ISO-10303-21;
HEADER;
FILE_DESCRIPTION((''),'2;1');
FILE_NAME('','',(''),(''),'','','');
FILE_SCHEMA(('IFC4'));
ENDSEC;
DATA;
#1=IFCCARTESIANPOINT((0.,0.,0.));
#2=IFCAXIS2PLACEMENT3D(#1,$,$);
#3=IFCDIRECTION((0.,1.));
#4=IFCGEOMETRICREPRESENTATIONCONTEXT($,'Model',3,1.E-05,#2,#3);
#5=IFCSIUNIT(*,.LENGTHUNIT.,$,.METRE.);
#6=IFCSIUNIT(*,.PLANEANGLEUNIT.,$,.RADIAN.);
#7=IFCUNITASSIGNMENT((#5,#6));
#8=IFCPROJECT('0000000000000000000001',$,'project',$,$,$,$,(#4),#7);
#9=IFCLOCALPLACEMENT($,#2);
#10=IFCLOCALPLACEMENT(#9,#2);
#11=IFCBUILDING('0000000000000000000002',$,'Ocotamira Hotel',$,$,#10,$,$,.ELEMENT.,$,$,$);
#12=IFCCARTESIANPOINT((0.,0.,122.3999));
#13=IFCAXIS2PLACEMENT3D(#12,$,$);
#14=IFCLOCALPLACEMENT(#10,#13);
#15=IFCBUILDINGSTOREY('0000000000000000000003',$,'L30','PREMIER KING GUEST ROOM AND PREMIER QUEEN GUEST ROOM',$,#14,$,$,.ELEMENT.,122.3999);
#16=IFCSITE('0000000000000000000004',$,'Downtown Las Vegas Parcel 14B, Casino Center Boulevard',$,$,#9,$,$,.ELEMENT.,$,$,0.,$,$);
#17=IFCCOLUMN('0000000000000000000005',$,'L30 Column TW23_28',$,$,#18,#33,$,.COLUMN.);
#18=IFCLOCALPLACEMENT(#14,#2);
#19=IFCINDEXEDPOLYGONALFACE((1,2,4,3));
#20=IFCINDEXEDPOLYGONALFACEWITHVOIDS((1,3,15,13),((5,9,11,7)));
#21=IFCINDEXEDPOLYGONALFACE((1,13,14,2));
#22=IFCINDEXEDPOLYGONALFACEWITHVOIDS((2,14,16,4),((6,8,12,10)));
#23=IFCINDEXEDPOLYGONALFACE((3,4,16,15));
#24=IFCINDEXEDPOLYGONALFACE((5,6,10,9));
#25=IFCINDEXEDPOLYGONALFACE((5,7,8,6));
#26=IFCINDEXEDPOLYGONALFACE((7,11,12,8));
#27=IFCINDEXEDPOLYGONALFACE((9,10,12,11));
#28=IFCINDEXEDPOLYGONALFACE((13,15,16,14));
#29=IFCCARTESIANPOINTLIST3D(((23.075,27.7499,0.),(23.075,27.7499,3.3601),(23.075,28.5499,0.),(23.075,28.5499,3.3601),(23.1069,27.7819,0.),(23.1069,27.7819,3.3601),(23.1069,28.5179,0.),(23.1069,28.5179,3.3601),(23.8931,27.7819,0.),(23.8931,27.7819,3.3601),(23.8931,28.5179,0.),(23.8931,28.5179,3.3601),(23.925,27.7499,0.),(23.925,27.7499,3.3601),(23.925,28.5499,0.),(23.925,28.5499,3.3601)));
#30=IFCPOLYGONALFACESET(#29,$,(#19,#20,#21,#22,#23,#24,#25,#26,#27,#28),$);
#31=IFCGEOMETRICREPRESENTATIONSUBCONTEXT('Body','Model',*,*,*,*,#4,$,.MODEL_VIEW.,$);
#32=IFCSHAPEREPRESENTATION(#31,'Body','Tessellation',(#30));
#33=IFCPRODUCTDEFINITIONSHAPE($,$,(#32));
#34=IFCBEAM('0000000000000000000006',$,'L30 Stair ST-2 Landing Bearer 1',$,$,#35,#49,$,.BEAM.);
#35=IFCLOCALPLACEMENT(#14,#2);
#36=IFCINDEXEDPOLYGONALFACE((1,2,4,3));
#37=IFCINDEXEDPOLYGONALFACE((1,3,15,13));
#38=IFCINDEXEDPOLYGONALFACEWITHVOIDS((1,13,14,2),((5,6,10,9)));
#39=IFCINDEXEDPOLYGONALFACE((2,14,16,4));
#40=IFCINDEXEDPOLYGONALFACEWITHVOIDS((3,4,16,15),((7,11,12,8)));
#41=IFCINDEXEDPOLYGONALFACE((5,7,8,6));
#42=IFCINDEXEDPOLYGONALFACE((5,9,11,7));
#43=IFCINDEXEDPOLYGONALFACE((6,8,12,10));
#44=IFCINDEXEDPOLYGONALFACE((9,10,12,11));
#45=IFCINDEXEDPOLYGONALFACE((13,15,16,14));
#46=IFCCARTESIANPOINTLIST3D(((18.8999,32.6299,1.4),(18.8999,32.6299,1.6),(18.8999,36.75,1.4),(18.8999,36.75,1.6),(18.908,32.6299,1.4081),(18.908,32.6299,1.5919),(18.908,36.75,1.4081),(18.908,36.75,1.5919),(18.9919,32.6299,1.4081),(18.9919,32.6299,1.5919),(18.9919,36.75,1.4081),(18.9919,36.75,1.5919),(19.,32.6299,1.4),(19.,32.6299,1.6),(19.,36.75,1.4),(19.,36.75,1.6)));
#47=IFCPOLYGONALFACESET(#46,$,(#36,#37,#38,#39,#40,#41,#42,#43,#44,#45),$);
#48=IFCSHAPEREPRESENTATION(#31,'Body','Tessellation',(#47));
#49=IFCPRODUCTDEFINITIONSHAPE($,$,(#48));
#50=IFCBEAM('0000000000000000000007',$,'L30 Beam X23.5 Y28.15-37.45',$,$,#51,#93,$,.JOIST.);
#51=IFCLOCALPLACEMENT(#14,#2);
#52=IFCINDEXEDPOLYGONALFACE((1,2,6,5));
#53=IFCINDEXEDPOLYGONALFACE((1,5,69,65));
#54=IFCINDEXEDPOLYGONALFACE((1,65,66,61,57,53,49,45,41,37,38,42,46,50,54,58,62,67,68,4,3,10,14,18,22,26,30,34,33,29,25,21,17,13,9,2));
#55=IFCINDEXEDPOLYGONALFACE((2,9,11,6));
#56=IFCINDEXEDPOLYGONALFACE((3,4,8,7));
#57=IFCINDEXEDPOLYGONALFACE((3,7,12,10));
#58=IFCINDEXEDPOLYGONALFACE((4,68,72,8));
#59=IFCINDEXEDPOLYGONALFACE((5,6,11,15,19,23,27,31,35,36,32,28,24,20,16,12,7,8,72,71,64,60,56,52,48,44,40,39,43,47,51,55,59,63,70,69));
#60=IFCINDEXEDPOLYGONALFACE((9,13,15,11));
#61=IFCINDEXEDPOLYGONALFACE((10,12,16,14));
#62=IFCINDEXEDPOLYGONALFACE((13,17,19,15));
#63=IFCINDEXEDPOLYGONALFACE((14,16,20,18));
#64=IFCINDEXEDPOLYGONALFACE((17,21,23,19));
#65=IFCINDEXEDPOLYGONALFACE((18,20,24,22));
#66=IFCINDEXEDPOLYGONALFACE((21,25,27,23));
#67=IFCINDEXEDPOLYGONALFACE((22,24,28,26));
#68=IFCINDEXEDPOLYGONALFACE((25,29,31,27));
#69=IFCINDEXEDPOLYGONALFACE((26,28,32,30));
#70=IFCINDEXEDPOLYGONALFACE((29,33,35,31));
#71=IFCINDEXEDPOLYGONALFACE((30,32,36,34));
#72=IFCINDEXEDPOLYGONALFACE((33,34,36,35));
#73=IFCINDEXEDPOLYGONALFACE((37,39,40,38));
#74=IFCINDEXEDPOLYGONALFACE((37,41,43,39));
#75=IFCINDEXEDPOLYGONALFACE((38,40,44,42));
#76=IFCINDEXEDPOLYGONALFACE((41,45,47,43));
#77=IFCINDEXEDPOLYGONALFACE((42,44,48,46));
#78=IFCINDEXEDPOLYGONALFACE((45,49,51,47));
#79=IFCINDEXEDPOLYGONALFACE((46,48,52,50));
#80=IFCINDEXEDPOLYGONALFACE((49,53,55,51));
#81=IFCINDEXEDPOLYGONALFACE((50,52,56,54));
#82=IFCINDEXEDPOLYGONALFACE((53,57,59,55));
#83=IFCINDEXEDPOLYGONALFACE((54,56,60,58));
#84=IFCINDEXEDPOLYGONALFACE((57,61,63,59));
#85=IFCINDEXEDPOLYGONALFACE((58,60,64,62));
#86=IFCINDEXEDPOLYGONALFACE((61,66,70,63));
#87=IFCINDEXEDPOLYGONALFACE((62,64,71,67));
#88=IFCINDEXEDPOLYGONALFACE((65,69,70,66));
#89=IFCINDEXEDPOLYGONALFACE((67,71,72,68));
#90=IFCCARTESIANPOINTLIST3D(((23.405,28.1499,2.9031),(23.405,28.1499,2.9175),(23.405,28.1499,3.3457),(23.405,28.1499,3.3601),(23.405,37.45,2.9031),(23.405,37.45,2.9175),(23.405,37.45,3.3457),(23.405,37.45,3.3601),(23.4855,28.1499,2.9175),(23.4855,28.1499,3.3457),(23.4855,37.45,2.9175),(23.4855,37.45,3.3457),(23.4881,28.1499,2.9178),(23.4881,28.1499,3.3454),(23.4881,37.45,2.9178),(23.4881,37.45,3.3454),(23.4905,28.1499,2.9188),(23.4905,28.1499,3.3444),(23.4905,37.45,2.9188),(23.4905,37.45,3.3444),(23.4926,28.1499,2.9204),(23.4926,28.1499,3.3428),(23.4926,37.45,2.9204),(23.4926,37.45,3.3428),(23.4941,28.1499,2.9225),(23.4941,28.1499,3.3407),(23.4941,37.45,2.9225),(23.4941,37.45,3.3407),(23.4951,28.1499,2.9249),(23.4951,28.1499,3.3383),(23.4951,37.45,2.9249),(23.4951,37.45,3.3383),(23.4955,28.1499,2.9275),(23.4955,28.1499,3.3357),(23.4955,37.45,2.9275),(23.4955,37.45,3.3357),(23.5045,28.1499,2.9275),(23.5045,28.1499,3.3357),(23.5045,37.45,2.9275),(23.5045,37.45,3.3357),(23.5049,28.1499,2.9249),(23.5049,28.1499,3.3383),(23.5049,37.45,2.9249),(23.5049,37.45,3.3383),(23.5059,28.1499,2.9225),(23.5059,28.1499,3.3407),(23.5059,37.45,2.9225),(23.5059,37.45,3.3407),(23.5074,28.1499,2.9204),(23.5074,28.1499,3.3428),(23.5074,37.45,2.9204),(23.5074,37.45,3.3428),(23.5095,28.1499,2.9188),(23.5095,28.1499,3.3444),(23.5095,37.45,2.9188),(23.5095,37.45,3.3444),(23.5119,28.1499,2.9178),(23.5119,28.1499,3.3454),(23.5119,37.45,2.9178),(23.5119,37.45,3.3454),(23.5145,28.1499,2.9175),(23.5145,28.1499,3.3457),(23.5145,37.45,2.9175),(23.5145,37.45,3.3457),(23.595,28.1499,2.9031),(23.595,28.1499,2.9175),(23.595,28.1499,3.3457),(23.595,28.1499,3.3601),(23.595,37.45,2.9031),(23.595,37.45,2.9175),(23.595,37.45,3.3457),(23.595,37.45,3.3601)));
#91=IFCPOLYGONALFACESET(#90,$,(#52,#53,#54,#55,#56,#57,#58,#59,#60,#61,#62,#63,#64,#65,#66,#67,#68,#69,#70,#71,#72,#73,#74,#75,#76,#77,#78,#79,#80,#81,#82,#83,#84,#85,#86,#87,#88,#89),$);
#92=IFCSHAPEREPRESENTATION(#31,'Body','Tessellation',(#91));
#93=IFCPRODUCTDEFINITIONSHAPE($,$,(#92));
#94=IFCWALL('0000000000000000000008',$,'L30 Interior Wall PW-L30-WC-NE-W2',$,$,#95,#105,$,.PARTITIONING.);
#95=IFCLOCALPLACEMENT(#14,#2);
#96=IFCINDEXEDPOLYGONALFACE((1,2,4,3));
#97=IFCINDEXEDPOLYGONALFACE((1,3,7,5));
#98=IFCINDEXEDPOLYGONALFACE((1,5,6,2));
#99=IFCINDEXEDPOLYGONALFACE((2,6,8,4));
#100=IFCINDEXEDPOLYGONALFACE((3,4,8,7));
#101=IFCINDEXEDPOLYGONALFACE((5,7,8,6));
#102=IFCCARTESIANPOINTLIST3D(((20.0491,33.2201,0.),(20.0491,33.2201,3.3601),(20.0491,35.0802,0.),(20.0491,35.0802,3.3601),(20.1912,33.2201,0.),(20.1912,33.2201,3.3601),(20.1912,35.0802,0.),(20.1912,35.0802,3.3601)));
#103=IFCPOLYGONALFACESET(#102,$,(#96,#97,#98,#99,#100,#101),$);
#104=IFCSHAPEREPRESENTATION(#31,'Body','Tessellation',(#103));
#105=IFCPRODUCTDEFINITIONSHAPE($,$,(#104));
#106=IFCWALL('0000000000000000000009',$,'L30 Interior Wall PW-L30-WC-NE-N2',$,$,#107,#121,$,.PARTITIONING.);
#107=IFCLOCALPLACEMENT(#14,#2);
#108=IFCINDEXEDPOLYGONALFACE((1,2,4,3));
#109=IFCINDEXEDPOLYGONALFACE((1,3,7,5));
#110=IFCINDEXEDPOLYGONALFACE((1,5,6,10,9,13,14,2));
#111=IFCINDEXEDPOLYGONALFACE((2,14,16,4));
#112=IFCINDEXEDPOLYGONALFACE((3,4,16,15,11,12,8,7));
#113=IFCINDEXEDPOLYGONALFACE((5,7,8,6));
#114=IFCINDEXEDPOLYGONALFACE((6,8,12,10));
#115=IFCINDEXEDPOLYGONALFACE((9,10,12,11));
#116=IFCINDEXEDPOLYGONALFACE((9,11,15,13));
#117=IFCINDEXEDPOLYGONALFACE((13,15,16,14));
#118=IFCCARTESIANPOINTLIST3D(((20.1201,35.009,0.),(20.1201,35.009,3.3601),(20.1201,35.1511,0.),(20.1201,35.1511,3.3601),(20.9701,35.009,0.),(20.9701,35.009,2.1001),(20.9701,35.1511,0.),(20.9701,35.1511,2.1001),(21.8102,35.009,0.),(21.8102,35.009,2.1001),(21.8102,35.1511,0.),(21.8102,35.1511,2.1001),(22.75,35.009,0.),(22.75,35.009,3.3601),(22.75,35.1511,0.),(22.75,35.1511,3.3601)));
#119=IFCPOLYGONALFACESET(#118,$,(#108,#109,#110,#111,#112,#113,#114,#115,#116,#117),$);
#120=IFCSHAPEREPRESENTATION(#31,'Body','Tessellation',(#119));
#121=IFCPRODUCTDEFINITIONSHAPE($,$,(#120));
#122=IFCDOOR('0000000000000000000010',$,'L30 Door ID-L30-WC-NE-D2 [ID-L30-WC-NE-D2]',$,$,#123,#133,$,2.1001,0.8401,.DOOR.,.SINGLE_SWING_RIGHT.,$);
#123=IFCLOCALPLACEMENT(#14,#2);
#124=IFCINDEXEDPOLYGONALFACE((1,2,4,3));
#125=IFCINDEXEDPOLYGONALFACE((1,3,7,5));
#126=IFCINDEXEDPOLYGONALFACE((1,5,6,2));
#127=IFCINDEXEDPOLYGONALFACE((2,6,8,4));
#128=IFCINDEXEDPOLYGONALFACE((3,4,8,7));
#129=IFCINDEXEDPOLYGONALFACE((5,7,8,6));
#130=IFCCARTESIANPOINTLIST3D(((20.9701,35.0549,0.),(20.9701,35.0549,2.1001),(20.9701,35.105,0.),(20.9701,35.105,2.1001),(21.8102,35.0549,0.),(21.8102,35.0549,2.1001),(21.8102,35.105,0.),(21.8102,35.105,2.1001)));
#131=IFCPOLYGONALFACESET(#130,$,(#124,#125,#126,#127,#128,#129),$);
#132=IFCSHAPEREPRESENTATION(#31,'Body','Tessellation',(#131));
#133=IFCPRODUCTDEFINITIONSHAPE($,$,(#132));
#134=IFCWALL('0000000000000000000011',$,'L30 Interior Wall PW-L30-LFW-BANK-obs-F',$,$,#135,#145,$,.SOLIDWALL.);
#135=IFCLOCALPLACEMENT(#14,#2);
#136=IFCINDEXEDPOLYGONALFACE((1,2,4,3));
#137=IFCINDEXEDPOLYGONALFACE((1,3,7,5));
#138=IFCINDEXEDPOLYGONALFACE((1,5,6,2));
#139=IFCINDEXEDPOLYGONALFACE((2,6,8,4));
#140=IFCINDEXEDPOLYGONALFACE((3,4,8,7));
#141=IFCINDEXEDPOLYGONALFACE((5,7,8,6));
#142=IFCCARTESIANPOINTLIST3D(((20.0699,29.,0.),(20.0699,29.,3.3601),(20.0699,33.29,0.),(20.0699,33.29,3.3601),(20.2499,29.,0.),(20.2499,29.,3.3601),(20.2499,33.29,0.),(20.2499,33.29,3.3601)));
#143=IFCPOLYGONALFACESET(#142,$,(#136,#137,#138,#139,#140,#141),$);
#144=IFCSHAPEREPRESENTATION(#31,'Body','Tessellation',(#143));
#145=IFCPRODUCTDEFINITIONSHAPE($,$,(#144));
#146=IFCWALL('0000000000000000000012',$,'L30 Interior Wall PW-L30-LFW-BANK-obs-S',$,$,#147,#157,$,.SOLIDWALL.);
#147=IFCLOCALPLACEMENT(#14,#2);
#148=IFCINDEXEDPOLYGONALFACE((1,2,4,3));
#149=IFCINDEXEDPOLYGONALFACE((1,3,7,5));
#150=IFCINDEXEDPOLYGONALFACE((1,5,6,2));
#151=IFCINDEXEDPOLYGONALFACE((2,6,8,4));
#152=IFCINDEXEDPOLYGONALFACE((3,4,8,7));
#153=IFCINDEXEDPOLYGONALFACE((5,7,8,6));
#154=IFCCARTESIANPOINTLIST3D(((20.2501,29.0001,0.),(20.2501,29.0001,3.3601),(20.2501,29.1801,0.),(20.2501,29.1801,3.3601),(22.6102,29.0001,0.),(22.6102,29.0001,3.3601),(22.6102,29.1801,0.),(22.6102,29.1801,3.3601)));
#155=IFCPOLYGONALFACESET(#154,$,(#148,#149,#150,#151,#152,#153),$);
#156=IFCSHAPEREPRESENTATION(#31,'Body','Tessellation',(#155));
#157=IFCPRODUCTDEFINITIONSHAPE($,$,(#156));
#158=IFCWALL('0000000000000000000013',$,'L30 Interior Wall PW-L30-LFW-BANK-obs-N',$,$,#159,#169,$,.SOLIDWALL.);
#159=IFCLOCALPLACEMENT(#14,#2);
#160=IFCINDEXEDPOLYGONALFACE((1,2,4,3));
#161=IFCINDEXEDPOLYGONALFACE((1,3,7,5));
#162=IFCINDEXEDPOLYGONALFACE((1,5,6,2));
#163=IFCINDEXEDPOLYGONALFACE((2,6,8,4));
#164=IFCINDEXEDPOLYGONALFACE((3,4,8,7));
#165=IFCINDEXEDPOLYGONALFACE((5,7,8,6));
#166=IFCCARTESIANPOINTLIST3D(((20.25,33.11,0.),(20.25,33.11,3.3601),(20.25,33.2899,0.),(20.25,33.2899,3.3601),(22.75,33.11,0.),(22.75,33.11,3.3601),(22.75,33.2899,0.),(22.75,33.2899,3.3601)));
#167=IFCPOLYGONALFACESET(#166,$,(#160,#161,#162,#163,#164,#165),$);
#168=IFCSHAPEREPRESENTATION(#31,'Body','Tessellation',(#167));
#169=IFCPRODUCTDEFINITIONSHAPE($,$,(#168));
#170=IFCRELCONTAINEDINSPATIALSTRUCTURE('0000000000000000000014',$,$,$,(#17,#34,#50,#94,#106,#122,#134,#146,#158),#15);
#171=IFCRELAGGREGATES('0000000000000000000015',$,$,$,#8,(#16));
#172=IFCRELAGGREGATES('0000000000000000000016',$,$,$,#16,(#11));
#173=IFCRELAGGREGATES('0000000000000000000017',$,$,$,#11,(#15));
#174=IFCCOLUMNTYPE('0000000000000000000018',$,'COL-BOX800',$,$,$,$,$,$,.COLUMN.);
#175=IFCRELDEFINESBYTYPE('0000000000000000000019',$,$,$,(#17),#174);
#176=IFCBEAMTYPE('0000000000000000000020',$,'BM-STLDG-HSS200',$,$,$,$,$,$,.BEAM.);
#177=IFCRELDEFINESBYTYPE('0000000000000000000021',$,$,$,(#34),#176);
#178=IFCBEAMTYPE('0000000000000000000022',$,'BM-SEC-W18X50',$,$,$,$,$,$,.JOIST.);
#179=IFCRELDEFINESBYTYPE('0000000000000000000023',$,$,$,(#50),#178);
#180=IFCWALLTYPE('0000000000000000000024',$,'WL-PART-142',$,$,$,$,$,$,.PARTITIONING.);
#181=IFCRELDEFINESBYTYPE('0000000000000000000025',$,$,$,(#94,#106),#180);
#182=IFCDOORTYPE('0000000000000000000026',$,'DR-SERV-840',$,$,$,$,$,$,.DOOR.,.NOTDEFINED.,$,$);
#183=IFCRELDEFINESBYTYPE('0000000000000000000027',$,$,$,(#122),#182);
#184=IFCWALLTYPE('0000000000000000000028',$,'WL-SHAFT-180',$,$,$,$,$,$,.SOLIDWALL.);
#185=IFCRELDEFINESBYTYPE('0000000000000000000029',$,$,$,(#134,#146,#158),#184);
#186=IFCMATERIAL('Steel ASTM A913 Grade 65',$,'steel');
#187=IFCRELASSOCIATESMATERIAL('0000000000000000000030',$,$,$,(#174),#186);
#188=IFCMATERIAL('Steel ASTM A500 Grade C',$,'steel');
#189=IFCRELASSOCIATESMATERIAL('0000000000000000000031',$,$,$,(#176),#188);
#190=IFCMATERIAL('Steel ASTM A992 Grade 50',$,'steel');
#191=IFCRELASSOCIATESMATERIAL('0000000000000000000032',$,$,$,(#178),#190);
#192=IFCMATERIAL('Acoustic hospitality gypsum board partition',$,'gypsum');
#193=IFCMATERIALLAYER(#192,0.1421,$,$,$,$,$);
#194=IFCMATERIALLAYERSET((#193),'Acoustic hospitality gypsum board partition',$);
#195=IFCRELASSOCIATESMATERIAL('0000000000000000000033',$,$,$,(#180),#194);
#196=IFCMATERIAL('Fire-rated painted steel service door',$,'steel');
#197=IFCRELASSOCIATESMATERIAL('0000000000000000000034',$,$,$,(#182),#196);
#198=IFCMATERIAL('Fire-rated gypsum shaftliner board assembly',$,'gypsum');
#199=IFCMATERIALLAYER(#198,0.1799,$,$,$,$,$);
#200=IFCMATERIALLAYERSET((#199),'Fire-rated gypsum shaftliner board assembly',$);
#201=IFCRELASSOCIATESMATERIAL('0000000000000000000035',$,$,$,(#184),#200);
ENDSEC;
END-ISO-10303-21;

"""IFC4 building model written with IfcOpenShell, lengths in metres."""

from ifc_helpers import new_model, si_unit, direction, frame, frame_2d, origin, origin_2d, place, context, subcontext, project, spatial, rectangle, hollow_rectangle, i_section, extrude, source, transform, mapped, material, layer, layer_set, material_profile, profile_set, type_object, element, fill, save


model = new_model("IFC4")

# Units and contexts
model_context = context("Model", 3, precision=1e-05, world=origin(), true_north=direction((0.0, 1.0)))
body_context = subcontext(model_context, "Body", "Model", "MODEL_VIEW")
ifc_project = project(units=[si_unit("LENGTHUNIT", "METRE"), si_unit("PLANEANGLEUNIT", "RADIAN")], contexts=[model_context])

# Site, building, storey
site_placement = place(None, origin())
site = spatial("IfcSite", under=ifc_project, at=site_placement, Name="Downtown Las Vegas Parcel 14B, Casino Center Boulevard", CompositionType="ELEMENT", RefElevation=0.0)
building_placement = place(site_placement, origin())
building = spatial("IfcBuilding", under=site, at=building_placement, Name="Ocotamira Hotel", CompositionType="ELEMENT")
storey_placement = place(building_placement, frame((0.0, 0.0, 122.3999)))
storey = spatial("IfcBuildingStorey", under=building, at=storey_placement, Name="L30", Description="PREMIER KING GUEST ROOM AND PREMIER QUEEN GUEST ROOM", CompositionType="ELEMENT", Elevation=122.3999)

# Column
ifc_material_1 = material(Name="Steel ASTM A913 Grade 65", Category="steel")
ifc_material_profile_1 = material_profile(ifc_material_1, hollow_rectangle(XDim=0.8501, YDim=0.8, WallThickness=0.032, at=origin_2d()), Name="BOX800X850X32")
ifc_profile_set_1 = profile_set([ifc_material_profile_1], Name="Steel ASTM A913 Grade 65")
column_type = type_object("IfcColumnType", Name="COL-BOX800", PredefinedType="COLUMN", material=ifc_profile_set_1)
shared_shape_1 = source(origin(), body_context, "Body", "SweptSolid", [
    extrude(hollow_rectangle(XDim=0.8501, YDim=0.8, WallThickness=0.032, at=origin_2d()), origin(), (0.0, 0.0, 1.0), 3.3601),
])
column_placement = place(storey_placement, frame((23.5, 28.1499, 0.0), z_axis=(0.0, 0.0, 1.0), x_axis=(1.0, 0.0, 0.0)))
element("IfcColumn", 1, at=column_placement, inside=storey, type_object=column_type, Name="L30 Column TW23_28", PredefinedType="COLUMN", context=body_context, shape_type="MappedRepresentation", body=[
    mapped(shared_shape_1, transform((0.0, 0.0, 0.0), scale=1.0)),
])

# Beams
ifc_material_2 = material(Name="Steel ASTM A500 Grade C", Category="steel")
ifc_material_profile_2 = material_profile(ifc_material_2, hollow_rectangle(XDim=0.1001, YDim=0.2, WallThickness=0.0081, at=origin_2d()), Name="HSS200X100X8")
ifc_profile_set_2 = profile_set([ifc_material_profile_2], Name="Steel ASTM A500 Grade C")
beam_type_1 = type_object("IfcBeamType", Name="BM-STLDG-HSS200", PredefinedType="BEAM", material=ifc_profile_set_2)
shared_shape_2 = source(origin(), body_context, "Body", "SweptSolid", [
    extrude(hollow_rectangle(XDim=0.1001, YDim=0.2, WallThickness=0.0081, at=origin_2d()), origin(), (0.0, 0.0, 1.0), 4.1201),
])
beam_1_placement = place(storey_placement, frame((18.95, 32.6299, 1.5), z_axis=(0.0, 1.0, 0.0), x_axis=(-1.0, 0.0, 0.0)))
element("IfcBeam", 2, at=beam_1_placement, inside=storey, type_object=beam_type_1, Name="L30 Stair ST-2 Landing Bearer 1", PredefinedType="BEAM", context=body_context, shape_type="MappedRepresentation", body=[
    mapped(shared_shape_2, transform((0.0, 0.0, 0.0), scale=1.0)),
])
ifc_material_3 = material(Name="Steel ASTM A992 Grade 50", Category="steel")
ifc_material_profile_3 = material_profile(ifc_material_3, i_section(OverallWidth=0.1899, OverallDepth=0.457, WebThickness=0.009, FlangeThickness=0.0144, FilletRadius=0.01, at=origin_2d()), Name="W18X50")
ifc_profile_set_3 = profile_set([ifc_material_profile_3], Name="Steel ASTM A992 Grade 50")
beam_type_2 = type_object("IfcBeamType", Name="BM-SEC-W18X50", PredefinedType="JOIST", material=ifc_profile_set_3)
shared_shape_3 = source(origin(), body_context, "Body", "SweptSolid", [
    extrude(i_section(OverallWidth=0.1899, OverallDepth=0.457, WebThickness=0.009, FlangeThickness=0.0144, FilletRadius=0.01, at=origin_2d()), origin(), (0.0, 0.0, 1.0), 9.3),
])
beam_2_placement = place(storey_placement, frame((23.5, 28.1499, 3.1316), z_axis=(0.0, 1.0, 0.0), x_axis=(-1.0, 0.0, 0.0)))
element("IfcBeam", 3, at=beam_2_placement, inside=storey, type_object=beam_type_2, Name="L30 Beam X23.5 Y28.15-37.45", PredefinedType="JOIST", context=body_context, shape_type="MappedRepresentation", body=[
    mapped(shared_shape_3, transform((0.0, 0.0, 0.0), scale=1.0)),
])

# Wall
ifc_material_4 = material(Name="Acoustic hospitality gypsum board partition", Category="gypsum")
ifc_layer_1 = layer(ifc_material_4, 0.1421)
ifc_layer_set_1 = layer_set([ifc_layer_1], Name="Acoustic hospitality gypsum board partition")
wall_type_1 = type_object("IfcWallType", Name="WL-PART-142", PredefinedType="PARTITIONING", material=ifc_layer_set_1)
wall_1_placement = place(storey_placement, frame((20.1201, 33.22, 0.0), z_axis=(0.0, 0.0, 1.0), x_axis=(0.0, 1.0, 0.0)))
element("IfcWall", 4, at=wall_1_placement, inside=storey, type_object=wall_type_1, Name="L30 Interior Wall PW-L30-WC-NE-W2", PredefinedType="PARTITIONING", context=body_context, shape_type="SweptSolid", body=[
    extrude(rectangle(XDim=1.8601, YDim=0.1421, at=frame_2d((0.9302, 0.0))), origin(), (0.0, 0.0, 1.0), 3.3601),
])

# Wall, opening, door
wall_2_placement = place(storey_placement, frame((20.1201, 35.0801, 0.0), z_axis=(0.0, 0.0, 1.0), x_axis=(1.0, 0.0, 0.0)))
wall_2 = element("IfcWall", 5, at=wall_2_placement, inside=storey, type_object=wall_type_1, Name="L30 Interior Wall PW-L30-WC-NE-N2", PredefinedType="PARTITIONING", context=body_context, shape_type="SweptSolid", body=[
    extrude(rectangle(XDim=2.6299, YDim=0.1421, at=frame_2d((1.3149, 0.0))), origin(), (0.0, 0.0, 1.0), 3.3601),
])
opening_1_placement = place(wall_2_placement, frame((0.8501, 0.0, 0.0)))
opening_1 = element("IfcOpeningElement", 6, at=opening_1_placement, cuts=wall_2, PredefinedType="OPENING", context=body_context, shape_type="SweptSolid", body=[
    extrude(rectangle(XDim=0.8401, YDim=2.1001, at=frame_2d((0.4199, 1.05))), frame((0.0, 0.0811, 0.0), z_axis=(0.0, -1.0, 0.0), x_axis=(1.0, 0.0, 0.0)), (0.0, 0.0, 1.0), 0.1621),
])
ifc_material_5 = material(Name="Fire-rated painted steel service door", Category="steel")
door_type_1 = type_object("IfcDoorType", Name="DR-SERV-840", OperationType="NOTDEFINED", PredefinedType="DOOR", material=ifc_material_5)
shared_shape_4 = source(origin(), body_context, "Body", "SweptSolid", [
    extrude(rectangle(XDim=0.8401, YDim=2.1001, at=frame_2d((0.4199, 1.05))), frame((0.0, 0.0249, 0.0), z_axis=(0.0, -1.0, 0.0), x_axis=(1.0, 0.0, 0.0)), (0.0, 0.0, 1.0), 0.05),
])
door_1_placement = place(opening_1_placement, origin())
door_1 = element("IfcDoor", 7, at=door_1_placement, inside=storey, type_object=door_type_1, Name="L30 Door ID-L30-WC-NE-D2 [ID-L30-WC-NE-D2]", OperationType="SINGLE_SWING_RIGHT", OverallHeight=2.1001, OverallWidth=0.8401, PredefinedType="DOOR", context=body_context, shape_type="MappedRepresentation", body=[
    mapped(shared_shape_4, transform((0.0, 0.0, 0.0), scale=1.0)),
])
fill(opening_1, door_1)

# Walls
ifc_material_6 = material(Name="Fire-rated gypsum shaftliner board assembly", Category="gypsum")
ifc_layer_2 = layer(ifc_material_6, 0.1799)
ifc_layer_set_2 = layer_set([ifc_layer_2], Name="Fire-rated gypsum shaftliner board assembly")
wall_type_2 = type_object("IfcWallType", Name="WL-SHAFT-180", PredefinedType="SOLIDWALL", material=ifc_layer_set_2)
wall_3_placement = place(storey_placement, frame((20.1599, 29.0, 0.0), z_axis=(0.0, 0.0, 1.0), x_axis=(0.0, 1.0, 0.0)))
element("IfcWall", 8, at=wall_3_placement, inside=storey, type_object=wall_type_2, Name="L30 Interior Wall PW-L30-LFW-BANK-obs-F", PredefinedType="SOLIDWALL", context=body_context, shape_type="SweptSolid", body=[
    extrude(rectangle(XDim=4.29, YDim=0.1799, at=frame_2d((2.145, 0.0))), origin(), (0.0, 0.0, 1.0), 3.3601),
])
wall_4_placement = place(storey_placement, frame((20.25, 29.0901, 0.0), z_axis=(0.0, 0.0, 1.0), x_axis=(1.0, 0.0, 0.0)))
element("IfcWall", 9, at=wall_4_placement, inside=storey, type_object=wall_type_2, Name="L30 Interior Wall PW-L30-LFW-BANK-obs-S", PredefinedType="SOLIDWALL", context=body_context, shape_type="SweptSolid", body=[
    extrude(rectangle(XDim=2.3601, YDim=0.1799, at=frame_2d((1.1802, 0.0))), origin(), (0.0, 0.0, 1.0), 3.3601),
])
wall_5_placement = place(storey_placement, frame((20.25, 33.2, 0.0), z_axis=(0.0, 0.0, 1.0), x_axis=(1.0, 0.0, 0.0)))
element("IfcWall", 10, at=wall_5_placement, inside=storey, type_object=wall_type_2, Name="L30 Interior Wall PW-L30-LFW-BANK-obs-N", PredefinedType="SOLIDWALL", context=body_context, shape_type="SweptSolid", body=[
    extrude(rectangle(XDim=2.5, YDim=0.1799, at=frame_2d((1.25, 0.0))), origin(), (0.0, 0.0, 1.0), 3.3601),
])

save(model, "model.ifc")
